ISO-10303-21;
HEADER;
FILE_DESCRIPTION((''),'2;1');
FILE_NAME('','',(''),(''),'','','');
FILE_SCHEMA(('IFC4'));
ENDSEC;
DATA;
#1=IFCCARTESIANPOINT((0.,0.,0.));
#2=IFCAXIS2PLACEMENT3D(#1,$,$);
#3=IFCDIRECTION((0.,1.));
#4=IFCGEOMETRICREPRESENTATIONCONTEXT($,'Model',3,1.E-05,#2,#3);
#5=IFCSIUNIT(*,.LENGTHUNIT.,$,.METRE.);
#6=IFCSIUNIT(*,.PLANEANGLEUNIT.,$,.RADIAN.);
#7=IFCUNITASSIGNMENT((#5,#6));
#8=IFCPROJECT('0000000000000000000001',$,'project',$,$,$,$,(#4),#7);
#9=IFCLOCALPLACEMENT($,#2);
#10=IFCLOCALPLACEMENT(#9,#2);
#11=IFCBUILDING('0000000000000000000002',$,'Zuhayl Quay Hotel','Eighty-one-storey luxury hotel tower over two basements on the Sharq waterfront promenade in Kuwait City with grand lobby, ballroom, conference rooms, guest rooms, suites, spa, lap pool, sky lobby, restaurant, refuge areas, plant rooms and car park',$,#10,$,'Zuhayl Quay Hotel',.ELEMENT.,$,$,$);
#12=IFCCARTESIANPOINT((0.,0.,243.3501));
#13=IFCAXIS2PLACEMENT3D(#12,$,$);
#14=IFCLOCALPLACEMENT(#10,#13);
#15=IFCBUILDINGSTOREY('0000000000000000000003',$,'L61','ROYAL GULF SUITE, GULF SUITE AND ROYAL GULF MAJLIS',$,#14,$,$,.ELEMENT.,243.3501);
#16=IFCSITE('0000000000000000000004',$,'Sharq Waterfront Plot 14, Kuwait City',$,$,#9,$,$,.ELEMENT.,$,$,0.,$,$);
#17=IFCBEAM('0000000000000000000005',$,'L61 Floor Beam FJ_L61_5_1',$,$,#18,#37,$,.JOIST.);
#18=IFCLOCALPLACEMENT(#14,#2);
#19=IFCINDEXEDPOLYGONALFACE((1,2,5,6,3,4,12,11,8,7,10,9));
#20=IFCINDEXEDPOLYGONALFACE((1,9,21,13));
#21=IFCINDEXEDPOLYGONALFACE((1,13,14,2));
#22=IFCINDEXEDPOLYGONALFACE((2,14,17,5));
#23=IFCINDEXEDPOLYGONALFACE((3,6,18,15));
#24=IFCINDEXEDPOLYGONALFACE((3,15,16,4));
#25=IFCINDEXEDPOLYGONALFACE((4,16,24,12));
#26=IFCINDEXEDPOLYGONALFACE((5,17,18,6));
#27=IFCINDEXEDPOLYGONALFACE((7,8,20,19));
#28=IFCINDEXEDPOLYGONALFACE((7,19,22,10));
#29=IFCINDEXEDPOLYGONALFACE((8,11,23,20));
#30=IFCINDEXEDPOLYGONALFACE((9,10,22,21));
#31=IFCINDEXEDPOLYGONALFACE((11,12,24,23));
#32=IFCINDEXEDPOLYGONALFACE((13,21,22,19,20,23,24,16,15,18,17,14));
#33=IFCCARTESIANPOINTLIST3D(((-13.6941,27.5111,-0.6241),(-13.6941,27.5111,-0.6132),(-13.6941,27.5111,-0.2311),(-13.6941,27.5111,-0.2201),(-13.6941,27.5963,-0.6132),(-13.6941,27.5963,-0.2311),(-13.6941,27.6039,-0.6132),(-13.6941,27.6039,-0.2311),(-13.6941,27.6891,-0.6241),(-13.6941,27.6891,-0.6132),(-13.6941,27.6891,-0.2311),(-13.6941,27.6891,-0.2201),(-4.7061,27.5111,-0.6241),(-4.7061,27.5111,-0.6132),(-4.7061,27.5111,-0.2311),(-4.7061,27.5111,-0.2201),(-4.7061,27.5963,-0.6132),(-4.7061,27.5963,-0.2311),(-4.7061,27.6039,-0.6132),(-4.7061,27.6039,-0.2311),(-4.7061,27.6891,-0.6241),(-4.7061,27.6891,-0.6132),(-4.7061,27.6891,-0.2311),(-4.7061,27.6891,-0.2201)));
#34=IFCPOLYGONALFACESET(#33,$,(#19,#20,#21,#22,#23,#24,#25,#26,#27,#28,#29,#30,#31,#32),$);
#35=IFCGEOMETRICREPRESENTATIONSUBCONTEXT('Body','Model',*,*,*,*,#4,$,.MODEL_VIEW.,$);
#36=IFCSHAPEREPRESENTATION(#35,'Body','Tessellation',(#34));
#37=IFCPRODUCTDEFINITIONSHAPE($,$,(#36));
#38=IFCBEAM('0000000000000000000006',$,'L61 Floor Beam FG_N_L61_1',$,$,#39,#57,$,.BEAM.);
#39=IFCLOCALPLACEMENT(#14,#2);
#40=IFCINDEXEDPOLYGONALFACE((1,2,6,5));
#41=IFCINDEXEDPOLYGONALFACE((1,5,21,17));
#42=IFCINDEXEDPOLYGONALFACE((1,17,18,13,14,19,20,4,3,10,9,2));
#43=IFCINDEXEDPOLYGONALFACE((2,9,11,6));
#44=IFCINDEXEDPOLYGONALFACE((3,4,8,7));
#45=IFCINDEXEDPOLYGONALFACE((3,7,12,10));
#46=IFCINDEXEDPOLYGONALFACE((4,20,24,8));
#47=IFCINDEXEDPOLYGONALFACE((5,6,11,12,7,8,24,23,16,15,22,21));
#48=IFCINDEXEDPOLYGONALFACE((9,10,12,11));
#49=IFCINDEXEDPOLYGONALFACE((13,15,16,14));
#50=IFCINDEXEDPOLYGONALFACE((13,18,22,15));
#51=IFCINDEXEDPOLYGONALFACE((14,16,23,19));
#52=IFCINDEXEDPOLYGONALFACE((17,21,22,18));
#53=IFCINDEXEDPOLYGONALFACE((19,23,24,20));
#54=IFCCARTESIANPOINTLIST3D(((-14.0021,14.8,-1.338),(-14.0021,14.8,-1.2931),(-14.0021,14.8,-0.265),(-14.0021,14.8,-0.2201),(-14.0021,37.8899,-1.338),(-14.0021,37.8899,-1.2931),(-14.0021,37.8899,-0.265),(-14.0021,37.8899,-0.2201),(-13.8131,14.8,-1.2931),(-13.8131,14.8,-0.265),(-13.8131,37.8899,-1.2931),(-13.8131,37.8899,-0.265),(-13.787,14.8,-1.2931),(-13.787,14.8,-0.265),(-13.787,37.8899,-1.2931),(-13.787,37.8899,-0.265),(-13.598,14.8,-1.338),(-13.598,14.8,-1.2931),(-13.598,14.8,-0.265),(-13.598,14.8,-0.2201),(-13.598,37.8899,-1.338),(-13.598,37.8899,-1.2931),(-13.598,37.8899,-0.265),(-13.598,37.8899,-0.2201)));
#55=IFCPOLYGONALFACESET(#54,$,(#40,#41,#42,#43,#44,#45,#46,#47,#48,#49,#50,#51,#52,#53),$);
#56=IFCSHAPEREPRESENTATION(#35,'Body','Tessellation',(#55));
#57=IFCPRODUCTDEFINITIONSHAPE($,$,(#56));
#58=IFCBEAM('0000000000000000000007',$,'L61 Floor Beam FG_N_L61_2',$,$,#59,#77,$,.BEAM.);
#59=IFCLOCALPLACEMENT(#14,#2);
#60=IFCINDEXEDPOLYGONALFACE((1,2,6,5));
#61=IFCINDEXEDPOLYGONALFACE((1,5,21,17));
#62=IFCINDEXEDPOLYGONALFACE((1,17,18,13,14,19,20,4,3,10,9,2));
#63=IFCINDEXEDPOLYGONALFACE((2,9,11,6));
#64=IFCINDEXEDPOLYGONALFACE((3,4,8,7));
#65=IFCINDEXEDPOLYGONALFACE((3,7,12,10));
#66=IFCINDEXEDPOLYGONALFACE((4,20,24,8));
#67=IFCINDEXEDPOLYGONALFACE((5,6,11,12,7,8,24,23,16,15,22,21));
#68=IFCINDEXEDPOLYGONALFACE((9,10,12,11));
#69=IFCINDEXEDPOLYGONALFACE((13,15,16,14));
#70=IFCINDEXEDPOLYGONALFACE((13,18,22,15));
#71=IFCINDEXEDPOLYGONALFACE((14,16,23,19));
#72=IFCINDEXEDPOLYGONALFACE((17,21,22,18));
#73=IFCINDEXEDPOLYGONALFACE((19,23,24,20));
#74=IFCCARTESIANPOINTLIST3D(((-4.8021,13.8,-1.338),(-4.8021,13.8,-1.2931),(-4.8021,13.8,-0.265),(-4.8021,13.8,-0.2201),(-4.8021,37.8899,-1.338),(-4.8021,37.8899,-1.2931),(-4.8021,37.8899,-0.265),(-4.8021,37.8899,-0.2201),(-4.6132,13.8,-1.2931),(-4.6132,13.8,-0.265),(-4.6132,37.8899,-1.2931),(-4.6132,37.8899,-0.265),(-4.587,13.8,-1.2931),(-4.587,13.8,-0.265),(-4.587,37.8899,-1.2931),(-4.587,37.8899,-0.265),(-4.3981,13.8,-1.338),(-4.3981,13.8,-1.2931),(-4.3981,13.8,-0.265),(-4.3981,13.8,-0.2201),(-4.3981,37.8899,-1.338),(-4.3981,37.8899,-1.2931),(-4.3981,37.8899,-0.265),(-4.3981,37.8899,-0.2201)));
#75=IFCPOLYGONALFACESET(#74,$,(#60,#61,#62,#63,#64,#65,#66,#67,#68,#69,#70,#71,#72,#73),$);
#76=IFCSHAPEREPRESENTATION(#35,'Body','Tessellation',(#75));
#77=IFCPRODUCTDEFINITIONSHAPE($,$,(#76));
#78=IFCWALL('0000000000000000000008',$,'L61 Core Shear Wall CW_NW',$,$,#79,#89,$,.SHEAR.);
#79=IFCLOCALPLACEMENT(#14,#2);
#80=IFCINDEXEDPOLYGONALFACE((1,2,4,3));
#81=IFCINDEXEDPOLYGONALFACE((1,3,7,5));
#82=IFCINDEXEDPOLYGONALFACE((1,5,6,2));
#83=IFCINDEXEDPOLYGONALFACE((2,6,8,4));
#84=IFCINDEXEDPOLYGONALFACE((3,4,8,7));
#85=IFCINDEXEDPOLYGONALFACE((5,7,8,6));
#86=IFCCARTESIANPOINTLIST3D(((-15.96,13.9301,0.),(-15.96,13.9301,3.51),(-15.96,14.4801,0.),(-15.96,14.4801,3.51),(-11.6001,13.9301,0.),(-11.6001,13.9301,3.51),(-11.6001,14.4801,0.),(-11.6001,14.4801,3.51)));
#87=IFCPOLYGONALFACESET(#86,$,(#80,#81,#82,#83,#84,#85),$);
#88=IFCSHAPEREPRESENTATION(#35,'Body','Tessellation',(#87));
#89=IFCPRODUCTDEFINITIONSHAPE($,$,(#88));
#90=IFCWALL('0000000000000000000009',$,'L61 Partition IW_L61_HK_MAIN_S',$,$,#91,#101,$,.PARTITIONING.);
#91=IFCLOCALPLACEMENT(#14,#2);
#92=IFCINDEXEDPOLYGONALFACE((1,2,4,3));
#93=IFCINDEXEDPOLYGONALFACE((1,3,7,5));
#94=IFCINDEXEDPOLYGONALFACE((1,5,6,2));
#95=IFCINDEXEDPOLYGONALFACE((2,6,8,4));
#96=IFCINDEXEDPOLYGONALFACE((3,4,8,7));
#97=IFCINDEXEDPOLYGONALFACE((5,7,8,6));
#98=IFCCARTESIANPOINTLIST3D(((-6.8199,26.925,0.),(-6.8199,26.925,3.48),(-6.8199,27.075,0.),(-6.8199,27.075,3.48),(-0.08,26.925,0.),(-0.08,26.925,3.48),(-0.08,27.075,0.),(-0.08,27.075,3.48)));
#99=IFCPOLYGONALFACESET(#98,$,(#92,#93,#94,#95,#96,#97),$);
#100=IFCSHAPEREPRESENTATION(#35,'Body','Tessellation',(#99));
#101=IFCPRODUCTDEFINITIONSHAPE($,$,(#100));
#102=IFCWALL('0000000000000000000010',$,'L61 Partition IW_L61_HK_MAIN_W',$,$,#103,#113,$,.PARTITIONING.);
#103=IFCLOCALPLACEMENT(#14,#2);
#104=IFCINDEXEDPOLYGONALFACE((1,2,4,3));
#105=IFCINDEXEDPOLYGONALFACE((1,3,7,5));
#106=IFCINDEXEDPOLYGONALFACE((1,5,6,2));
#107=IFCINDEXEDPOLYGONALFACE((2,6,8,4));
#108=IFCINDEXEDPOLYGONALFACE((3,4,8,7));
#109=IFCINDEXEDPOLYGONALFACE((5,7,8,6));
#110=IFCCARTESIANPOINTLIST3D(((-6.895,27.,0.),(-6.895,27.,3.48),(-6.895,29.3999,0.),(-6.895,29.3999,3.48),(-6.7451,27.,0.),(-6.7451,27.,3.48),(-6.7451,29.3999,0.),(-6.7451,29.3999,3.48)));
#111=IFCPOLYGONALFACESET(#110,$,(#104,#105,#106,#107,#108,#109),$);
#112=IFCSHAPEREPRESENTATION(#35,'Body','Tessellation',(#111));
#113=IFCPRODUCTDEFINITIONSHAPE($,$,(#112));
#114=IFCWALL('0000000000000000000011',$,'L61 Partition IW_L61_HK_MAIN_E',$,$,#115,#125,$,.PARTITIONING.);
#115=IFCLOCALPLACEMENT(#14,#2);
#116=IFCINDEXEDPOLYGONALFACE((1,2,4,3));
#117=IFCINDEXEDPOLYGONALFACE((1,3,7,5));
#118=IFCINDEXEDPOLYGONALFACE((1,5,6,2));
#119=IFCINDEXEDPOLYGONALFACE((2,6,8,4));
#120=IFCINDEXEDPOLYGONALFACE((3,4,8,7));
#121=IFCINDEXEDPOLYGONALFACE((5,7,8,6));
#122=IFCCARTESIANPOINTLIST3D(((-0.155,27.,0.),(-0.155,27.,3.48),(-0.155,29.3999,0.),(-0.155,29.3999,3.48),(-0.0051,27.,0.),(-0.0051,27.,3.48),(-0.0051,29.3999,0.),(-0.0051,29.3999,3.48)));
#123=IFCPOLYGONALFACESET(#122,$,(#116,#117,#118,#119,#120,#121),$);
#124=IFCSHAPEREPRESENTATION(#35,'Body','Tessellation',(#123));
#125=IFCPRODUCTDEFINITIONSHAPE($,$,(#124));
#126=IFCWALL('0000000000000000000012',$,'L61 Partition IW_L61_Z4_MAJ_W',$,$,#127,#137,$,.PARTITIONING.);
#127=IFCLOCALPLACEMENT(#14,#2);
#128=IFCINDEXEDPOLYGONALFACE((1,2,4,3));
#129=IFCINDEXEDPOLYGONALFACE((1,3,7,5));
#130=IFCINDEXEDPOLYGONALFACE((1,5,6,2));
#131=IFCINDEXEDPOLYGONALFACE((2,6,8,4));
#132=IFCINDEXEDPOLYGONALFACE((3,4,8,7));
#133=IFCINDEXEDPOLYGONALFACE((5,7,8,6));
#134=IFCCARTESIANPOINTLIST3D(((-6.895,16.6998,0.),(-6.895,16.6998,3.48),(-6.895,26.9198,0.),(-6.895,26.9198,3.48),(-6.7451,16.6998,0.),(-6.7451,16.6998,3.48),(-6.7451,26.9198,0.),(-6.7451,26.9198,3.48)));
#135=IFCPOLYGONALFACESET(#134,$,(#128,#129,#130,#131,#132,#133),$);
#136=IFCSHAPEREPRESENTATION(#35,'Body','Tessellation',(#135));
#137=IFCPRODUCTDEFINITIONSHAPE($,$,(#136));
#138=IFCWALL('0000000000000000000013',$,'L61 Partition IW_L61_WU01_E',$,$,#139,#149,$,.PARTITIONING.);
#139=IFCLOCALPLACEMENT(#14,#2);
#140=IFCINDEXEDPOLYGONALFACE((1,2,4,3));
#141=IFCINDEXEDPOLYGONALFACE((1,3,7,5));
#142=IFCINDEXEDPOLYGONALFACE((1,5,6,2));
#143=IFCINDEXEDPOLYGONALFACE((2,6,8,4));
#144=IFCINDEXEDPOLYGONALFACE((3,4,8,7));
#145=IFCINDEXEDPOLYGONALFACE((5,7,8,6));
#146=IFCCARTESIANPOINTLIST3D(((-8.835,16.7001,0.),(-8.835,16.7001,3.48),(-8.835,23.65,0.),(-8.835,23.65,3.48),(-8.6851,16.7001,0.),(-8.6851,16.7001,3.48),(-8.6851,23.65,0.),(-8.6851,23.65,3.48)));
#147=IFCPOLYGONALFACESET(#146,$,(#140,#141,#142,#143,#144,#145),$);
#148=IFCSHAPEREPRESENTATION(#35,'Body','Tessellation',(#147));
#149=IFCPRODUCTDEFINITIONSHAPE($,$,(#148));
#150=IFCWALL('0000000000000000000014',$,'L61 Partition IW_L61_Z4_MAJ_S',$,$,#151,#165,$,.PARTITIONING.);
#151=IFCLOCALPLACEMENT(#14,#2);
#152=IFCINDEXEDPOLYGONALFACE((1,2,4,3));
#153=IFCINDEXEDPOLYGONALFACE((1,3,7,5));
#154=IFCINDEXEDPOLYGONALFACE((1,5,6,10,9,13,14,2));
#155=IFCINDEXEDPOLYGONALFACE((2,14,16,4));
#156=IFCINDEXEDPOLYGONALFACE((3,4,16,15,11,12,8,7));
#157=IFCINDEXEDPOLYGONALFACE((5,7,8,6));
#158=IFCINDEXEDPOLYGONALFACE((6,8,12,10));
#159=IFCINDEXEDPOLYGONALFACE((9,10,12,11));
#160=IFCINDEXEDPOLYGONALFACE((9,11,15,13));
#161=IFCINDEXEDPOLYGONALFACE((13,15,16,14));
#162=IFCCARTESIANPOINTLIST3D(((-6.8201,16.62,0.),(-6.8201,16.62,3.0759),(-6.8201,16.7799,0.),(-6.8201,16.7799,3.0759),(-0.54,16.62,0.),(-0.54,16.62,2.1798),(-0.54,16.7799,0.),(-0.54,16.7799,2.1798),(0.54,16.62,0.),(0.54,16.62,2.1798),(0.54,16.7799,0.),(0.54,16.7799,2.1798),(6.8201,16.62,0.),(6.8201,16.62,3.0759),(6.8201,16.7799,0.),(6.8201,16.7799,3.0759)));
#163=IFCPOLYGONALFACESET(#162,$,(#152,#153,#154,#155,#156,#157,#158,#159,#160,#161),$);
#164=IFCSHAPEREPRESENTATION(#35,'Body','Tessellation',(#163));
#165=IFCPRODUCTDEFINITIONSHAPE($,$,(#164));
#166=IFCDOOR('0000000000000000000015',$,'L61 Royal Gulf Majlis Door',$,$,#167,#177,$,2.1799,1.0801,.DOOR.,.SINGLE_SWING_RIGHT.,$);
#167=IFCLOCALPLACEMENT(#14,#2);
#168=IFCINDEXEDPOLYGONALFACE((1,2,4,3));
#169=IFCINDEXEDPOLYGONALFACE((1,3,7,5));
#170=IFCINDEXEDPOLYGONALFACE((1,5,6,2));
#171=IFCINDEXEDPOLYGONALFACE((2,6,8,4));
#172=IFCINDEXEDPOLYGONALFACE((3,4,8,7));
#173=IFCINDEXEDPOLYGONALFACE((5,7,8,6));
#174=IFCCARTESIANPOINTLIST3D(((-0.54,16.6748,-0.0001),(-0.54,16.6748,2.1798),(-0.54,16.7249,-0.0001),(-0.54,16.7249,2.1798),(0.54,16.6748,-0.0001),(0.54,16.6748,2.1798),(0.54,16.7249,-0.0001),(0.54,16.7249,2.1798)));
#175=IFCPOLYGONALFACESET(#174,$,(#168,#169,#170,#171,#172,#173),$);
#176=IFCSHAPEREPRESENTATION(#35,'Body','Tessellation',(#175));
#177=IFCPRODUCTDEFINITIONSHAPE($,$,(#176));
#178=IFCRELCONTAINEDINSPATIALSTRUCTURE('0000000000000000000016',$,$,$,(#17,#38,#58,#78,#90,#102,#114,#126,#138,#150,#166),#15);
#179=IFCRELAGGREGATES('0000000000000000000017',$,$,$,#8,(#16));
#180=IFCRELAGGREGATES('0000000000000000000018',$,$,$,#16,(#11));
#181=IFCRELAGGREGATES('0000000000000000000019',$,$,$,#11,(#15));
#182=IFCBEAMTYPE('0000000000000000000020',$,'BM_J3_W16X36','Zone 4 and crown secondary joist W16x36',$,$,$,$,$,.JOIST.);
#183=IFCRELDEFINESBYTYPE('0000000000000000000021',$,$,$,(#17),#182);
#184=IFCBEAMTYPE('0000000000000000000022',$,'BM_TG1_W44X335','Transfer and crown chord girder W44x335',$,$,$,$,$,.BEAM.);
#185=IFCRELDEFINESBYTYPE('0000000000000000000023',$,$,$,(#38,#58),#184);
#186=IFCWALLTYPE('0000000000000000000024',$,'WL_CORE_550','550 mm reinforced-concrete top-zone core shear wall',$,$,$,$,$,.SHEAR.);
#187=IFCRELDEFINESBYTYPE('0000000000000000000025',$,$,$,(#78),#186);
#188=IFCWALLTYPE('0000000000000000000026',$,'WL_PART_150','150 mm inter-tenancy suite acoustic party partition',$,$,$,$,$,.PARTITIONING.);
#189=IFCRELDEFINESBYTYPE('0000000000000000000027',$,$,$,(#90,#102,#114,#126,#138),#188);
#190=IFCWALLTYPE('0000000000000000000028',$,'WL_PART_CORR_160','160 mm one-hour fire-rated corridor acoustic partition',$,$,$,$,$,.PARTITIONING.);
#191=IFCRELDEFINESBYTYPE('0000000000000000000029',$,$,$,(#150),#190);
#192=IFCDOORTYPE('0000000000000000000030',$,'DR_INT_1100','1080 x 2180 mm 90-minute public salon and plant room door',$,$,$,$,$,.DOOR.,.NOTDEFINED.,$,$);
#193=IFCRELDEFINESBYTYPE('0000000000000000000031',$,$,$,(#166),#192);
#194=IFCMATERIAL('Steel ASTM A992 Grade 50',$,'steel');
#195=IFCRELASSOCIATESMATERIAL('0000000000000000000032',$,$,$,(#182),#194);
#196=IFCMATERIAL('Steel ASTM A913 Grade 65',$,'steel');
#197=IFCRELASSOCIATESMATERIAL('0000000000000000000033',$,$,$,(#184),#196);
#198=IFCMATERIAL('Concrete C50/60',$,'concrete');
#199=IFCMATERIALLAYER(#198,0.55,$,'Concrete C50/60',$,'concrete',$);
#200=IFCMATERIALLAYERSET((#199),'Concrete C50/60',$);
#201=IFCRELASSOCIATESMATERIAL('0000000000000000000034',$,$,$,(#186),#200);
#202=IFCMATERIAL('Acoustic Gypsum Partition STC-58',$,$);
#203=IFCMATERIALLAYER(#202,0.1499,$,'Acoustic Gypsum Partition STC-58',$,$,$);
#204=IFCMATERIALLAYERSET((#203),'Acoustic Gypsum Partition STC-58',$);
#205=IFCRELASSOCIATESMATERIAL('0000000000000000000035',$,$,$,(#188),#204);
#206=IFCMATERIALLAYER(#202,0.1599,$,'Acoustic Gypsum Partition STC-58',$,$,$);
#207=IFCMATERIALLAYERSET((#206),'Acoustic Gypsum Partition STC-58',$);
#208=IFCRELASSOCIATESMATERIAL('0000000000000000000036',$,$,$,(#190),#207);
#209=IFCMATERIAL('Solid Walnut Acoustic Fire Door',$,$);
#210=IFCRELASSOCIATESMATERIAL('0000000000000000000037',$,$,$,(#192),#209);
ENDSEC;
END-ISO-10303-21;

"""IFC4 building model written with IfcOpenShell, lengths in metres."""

from ifc_helpers import new_model, si_unit, direction, frame, frame_2d, origin, origin_2d, place, context, subcontext, project, spatial, rectangle, i_section, extrude, material, layer, layer_set, material_profile, profile_set, type_object, element, fill, save


model = new_model("IFC4")

# Units and contexts
model_context = context("Model", 3, precision=1e-05, world=origin(), true_north=direction((0.0, 1.0)))
body_context = subcontext(model_context, "Body", "Model", "MODEL_VIEW")
ifc_project = project(units=[si_unit("LENGTHUNIT", "METRE"), si_unit("PLANEANGLEUNIT", "RADIAN")], contexts=[model_context])

# Site, building, storey
site_placement = place(None, origin())
site = spatial("IfcSite", under=ifc_project, at=site_placement, Name="Sharq Waterfront Plot 14, Kuwait City", CompositionType="ELEMENT", RefElevation=0.0)
building_placement = place(site_placement, origin())
building = spatial("IfcBuilding", under=site, at=building_placement, Name="Zuhayl Quay Hotel", Description="Eighty-one-storey luxury hotel tower over two basements on the Sharq waterfront promenade in Kuwait City with grand lobby, ballroom, conference rooms, guest rooms, suites, spa, lap pool, sky lobby, restaurant, refuge areas, plant rooms and car park", LongName="Zuhayl Quay Hotel", CompositionType="ELEMENT")
storey_placement = place(building_placement, frame((0.0, 0.0, 243.3501)))
storey = spatial("IfcBuildingStorey", under=building, at=storey_placement, Name="L61", Description="ROYAL GULF SUITE, GULF SUITE AND ROYAL GULF MAJLIS", CompositionType="ELEMENT", Elevation=243.3501)

# Beams
ifc_material_1 = material(Name="Steel ASTM A992 Grade 50", Category="steel")
ifc_material_profile_1 = material_profile(ifc_material_1, i_section(OverallWidth=0.178, OverallDepth=0.4041, WebThickness=0.0076, FlangeThickness=0.011, at=origin_2d()), Name="W16X36")
ifc_profile_set_1 = profile_set([ifc_material_profile_1], Name="Steel ASTM A992 Grade 50")
beam_type_1 = type_object("IfcBeamType", Name="BM_J3_W16X36", Description="Zone 4 and crown secondary joist W16x36", PredefinedType="JOIST", material=ifc_profile_set_1)
beam_1_placement = place(storey_placement, frame((-13.6941, 27.6001, -0.4221), z_axis=(1.0, 0.0, 0.0), x_axis=(0.0, 1.0, 0.0)))
element("IfcBeam", 1, at=beam_1_placement, inside=storey, type_object=beam_type_1, Name="L61 Floor Beam FJ_L61_5_1", PredefinedType="JOIST", context=body_context, shape_type="SweptSolid", body=[
    extrude(i_section(OverallWidth=0.178, OverallDepth=0.4041, WebThickness=0.0076, FlangeThickness=0.011, at=origin_2d()), origin(), (0.0, 0.0, 1.0), 8.988),
])
ifc_material_2 = material(Name="Steel ASTM A913 Grade 65", Category="steel")
ifc_material_profile_2 = material_profile(ifc_material_2, i_section(OverallWidth=0.4041, OverallDepth=1.1179, WebThickness=0.0261, FlangeThickness=0.0449, at=origin_2d()), Name="W44X335")
ifc_profile_set_2 = profile_set([ifc_material_profile_2], Name="Steel ASTM A913 Grade 65")
beam_type_2 = type_object("IfcBeamType", Name="BM_TG1_W44X335", Description="Transfer and crown chord girder W44x335", PredefinedType="BEAM", material=ifc_profile_set_2)
beam_2_placement = place(storey_placement, frame((-13.8, 14.8, -0.7791), z_axis=(0.0, 1.0, 0.0), x_axis=(-1.0, 0.0, 0.0)))
element("IfcBeam", 2, at=beam_2_placement, inside=storey, type_object=beam_type_2, Name="L61 Floor Beam FG_N_L61_1", PredefinedType="BEAM", context=body_context, shape_type="SweptSolid", body=[
    extrude(i_section(OverallWidth=0.4041, OverallDepth=1.1179, WebThickness=0.0261, FlangeThickness=0.0449, at=origin_2d()), origin(), (0.0, 0.0, 1.0), 23.0898),
])
beam_3_placement = place(storey_placement, frame((-4.6001, 13.8, -0.7791), z_axis=(0.0, 1.0, 0.0), x_axis=(-1.0, 0.0, 0.0)))
element("IfcBeam", 3, at=beam_3_placement, inside=storey, type_object=beam_type_2, Name="L61 Floor Beam FG_N_L61_2", PredefinedType="BEAM", context=body_context, shape_type="SweptSolid", body=[
    extrude(i_section(OverallWidth=0.4041, OverallDepth=1.1179, WebThickness=0.0261, FlangeThickness=0.0449, at=origin_2d()), origin(), (0.0, 0.0, 1.0), 24.0898),
])

# Walls
ifc_material_3 = material(Name="Concrete C50/60", Category="concrete")
ifc_layer_1 = layer(ifc_material_3, 0.55, Name="Concrete C50/60", Category="concrete")
ifc_layer_set_1 = layer_set([ifc_layer_1], Name="Concrete C50/60")
wall_type_1 = type_object("IfcWallType", Name="WL_CORE_550", Description="550 mm reinforced-concrete top-zone core shear wall", PredefinedType="SHEAR", material=ifc_layer_set_1)
wall_1_placement = place(storey_placement, frame((-15.96, 14.2051, 0.0), z_axis=(0.0, 0.0, 1.0), x_axis=(1.0, 0.0, 0.0)))
element("IfcWall", 4, at=wall_1_placement, inside=storey, type_object=wall_type_1, Name="L61 Core Shear Wall CW_NW", PredefinedType="SHEAR", context=body_context, shape_type="SweptSolid", body=[
    extrude(rectangle(XDim=4.3599, YDim=0.55, at=frame_2d((2.1799, 0.0))), origin(), (0.0, 0.0, 1.0), 3.51),
])
ifc_material_4 = material(Name="Acoustic Gypsum Partition STC-58")
ifc_layer_2 = layer(ifc_material_4, 0.1499, Name="Acoustic Gypsum Partition STC-58")
ifc_layer_set_2 = layer_set([ifc_layer_2], Name="Acoustic Gypsum Partition STC-58")
wall_type_2 = type_object("IfcWallType", Name="WL_PART_150", Description="150 mm inter-tenancy suite acoustic party partition", PredefinedType="PARTITIONING", material=ifc_layer_set_2)
wall_2_placement = place(storey_placement, frame((-6.8201, 27.0, 0.0), z_axis=(0.0, 0.0, 1.0), x_axis=(1.0, 0.0, 0.0)))
element("IfcWall", 5, at=wall_2_placement, inside=storey, type_object=wall_type_2, Name="L61 Partition IW_L61_HK_MAIN_S", PredefinedType="PARTITIONING", context=body_context, shape_type="SweptSolid", body=[
    extrude(rectangle(XDim=6.74, YDim=0.1499, at=frame_2d((3.3701, 0.0))), origin(), (0.0, 0.0, 1.0), 3.48),
])
for number, where, z_axis, x_axis, name in (
    (6, (-6.8201, 27.0, 0.0), (0.0, 0.0, 1.0), (0.0, 1.0, 0.0), "L61 Partition IW_L61_HK_MAIN_W"),
    (7, (-0.0801, 27.0, 0.0), (0.0, 0.0, 1.0), (0.0, 1.0, 0.0), "L61 Partition IW_L61_HK_MAIN_E"),
):
    element("IfcWall", number, at=place(storey_placement, frame(where, z_axis=z_axis, x_axis=x_axis)), inside=storey, type_object=wall_type_2, Name=name, PredefinedType="PARTITIONING", context=body_context, shape_type="SweptSolid", body=[
        extrude(rectangle(XDim=2.3999, YDim=0.1499, at=frame_2d((1.2, 0.0))), origin(), (0.0, 0.0, 1.0), 3.48),
    ])
wall_3_placement = place(storey_placement, frame((-6.8201, 16.7, 0.0), z_axis=(0.0, 0.0, 1.0), x_axis=(0.0, 1.0, 0.0)))
element("IfcWall", 8, at=wall_3_placement, inside=storey, type_object=wall_type_2, Name="L61 Partition IW_L61_Z4_MAJ_W", PredefinedType="PARTITIONING", context=body_context, shape_type="SweptSolid", body=[
    extrude(rectangle(XDim=10.22, YDim=0.1499, at=frame_2d((5.1099, 0.0))), origin(), (0.0, 0.0, 1.0), 3.48),
])
wall_4_placement = place(storey_placement, frame((-8.76, 16.7, 0.0), z_axis=(0.0, 0.0, 1.0), x_axis=(0.0, 1.0, 0.0)))
element("IfcWall", 9, at=wall_4_placement, inside=storey, type_object=wall_type_2, Name="L61 Partition IW_L61_WU01_E", PredefinedType="PARTITIONING", context=body_context, shape_type="SweptSolid", body=[
    extrude(rectangle(XDim=6.95, YDim=0.1499, at=frame_2d((3.4751, 0.0))), origin(), (0.0, 0.0, 1.0), 3.48),
])

# Wall, opening, door
ifc_layer_3 = layer(ifc_material_4, 0.1599, Name="Acoustic Gypsum Partition STC-58")
ifc_layer_set_3 = layer_set([ifc_layer_3], Name="Acoustic Gypsum Partition STC-58")
wall_type_3 = type_object("IfcWallType", Name="WL_PART_CORR_160", Description="160 mm one-hour fire-rated corridor acoustic partition", PredefinedType="PARTITIONING", material=ifc_layer_set_3)
wall_5_placement = place(storey_placement, frame((-6.8201, 16.7, 0.0), z_axis=(0.0, 0.0, 1.0), x_axis=(1.0, 0.0, 0.0)))
wall_5 = element("IfcWall", 10, at=wall_5_placement, inside=storey, type_object=wall_type_3, Name="L61 Partition IW_L61_Z4_MAJ_S", PredefinedType="PARTITIONING", context=body_context, shape_type="SweptSolid", body=[
    extrude(rectangle(XDim=13.6401, YDim=0.1599, at=frame_2d((6.8201, 0.0))), origin(), (0.0, 0.0, 1.0), 3.0759),
])
opening_placement = place(wall_5_placement, frame((6.28, 0.0, 0.0)))
opening = element("IfcOpeningElement", 11, at=opening_placement, cuts=wall_5, PredefinedType="OPENING", context=body_context, shape_type="SweptSolid", body=[
    extrude(rectangle(XDim=1.0801, YDim=2.1799, at=frame_2d((0.54, 1.0898))), frame((0.0, 0.0898, 0.0), z_axis=(0.0, -1.0, 0.0), x_axis=(1.0, 0.0, 0.0)), (0.0, 0.0, 1.0), 0.1799),
])
ifc_material_5 = material(Name="Solid Walnut Acoustic Fire Door")
door_type = type_object("IfcDoorType", Name="DR_INT_1100", Description="1080 x 2180 mm 90-minute public salon and plant room door", OperationType="NOTDEFINED", PredefinedType="DOOR", material=ifc_material_5)
door_placement = place(opening_placement, origin())
door = element("IfcDoor", 12, at=door_placement, inside=storey, type_object=door_type, Name="L61 Royal Gulf Majlis Door", OperationType="SINGLE_SWING_RIGHT", OverallHeight=2.1799, OverallWidth=1.0801, PredefinedType="DOOR", context=body_context, shape_type="SweptSolid", body=[
    extrude(rectangle(XDim=1.0801, YDim=2.1799, at=frame_2d((0.54, 1.0898))), frame((0.0, 0.0249, 0.0), z_axis=(0.0, -1.0, 0.0), x_axis=(1.0, 0.0, 0.0)), (0.0, 0.0, 1.0), 0.05),
])
fill(opening, door)

save(model, "model.ifc")
